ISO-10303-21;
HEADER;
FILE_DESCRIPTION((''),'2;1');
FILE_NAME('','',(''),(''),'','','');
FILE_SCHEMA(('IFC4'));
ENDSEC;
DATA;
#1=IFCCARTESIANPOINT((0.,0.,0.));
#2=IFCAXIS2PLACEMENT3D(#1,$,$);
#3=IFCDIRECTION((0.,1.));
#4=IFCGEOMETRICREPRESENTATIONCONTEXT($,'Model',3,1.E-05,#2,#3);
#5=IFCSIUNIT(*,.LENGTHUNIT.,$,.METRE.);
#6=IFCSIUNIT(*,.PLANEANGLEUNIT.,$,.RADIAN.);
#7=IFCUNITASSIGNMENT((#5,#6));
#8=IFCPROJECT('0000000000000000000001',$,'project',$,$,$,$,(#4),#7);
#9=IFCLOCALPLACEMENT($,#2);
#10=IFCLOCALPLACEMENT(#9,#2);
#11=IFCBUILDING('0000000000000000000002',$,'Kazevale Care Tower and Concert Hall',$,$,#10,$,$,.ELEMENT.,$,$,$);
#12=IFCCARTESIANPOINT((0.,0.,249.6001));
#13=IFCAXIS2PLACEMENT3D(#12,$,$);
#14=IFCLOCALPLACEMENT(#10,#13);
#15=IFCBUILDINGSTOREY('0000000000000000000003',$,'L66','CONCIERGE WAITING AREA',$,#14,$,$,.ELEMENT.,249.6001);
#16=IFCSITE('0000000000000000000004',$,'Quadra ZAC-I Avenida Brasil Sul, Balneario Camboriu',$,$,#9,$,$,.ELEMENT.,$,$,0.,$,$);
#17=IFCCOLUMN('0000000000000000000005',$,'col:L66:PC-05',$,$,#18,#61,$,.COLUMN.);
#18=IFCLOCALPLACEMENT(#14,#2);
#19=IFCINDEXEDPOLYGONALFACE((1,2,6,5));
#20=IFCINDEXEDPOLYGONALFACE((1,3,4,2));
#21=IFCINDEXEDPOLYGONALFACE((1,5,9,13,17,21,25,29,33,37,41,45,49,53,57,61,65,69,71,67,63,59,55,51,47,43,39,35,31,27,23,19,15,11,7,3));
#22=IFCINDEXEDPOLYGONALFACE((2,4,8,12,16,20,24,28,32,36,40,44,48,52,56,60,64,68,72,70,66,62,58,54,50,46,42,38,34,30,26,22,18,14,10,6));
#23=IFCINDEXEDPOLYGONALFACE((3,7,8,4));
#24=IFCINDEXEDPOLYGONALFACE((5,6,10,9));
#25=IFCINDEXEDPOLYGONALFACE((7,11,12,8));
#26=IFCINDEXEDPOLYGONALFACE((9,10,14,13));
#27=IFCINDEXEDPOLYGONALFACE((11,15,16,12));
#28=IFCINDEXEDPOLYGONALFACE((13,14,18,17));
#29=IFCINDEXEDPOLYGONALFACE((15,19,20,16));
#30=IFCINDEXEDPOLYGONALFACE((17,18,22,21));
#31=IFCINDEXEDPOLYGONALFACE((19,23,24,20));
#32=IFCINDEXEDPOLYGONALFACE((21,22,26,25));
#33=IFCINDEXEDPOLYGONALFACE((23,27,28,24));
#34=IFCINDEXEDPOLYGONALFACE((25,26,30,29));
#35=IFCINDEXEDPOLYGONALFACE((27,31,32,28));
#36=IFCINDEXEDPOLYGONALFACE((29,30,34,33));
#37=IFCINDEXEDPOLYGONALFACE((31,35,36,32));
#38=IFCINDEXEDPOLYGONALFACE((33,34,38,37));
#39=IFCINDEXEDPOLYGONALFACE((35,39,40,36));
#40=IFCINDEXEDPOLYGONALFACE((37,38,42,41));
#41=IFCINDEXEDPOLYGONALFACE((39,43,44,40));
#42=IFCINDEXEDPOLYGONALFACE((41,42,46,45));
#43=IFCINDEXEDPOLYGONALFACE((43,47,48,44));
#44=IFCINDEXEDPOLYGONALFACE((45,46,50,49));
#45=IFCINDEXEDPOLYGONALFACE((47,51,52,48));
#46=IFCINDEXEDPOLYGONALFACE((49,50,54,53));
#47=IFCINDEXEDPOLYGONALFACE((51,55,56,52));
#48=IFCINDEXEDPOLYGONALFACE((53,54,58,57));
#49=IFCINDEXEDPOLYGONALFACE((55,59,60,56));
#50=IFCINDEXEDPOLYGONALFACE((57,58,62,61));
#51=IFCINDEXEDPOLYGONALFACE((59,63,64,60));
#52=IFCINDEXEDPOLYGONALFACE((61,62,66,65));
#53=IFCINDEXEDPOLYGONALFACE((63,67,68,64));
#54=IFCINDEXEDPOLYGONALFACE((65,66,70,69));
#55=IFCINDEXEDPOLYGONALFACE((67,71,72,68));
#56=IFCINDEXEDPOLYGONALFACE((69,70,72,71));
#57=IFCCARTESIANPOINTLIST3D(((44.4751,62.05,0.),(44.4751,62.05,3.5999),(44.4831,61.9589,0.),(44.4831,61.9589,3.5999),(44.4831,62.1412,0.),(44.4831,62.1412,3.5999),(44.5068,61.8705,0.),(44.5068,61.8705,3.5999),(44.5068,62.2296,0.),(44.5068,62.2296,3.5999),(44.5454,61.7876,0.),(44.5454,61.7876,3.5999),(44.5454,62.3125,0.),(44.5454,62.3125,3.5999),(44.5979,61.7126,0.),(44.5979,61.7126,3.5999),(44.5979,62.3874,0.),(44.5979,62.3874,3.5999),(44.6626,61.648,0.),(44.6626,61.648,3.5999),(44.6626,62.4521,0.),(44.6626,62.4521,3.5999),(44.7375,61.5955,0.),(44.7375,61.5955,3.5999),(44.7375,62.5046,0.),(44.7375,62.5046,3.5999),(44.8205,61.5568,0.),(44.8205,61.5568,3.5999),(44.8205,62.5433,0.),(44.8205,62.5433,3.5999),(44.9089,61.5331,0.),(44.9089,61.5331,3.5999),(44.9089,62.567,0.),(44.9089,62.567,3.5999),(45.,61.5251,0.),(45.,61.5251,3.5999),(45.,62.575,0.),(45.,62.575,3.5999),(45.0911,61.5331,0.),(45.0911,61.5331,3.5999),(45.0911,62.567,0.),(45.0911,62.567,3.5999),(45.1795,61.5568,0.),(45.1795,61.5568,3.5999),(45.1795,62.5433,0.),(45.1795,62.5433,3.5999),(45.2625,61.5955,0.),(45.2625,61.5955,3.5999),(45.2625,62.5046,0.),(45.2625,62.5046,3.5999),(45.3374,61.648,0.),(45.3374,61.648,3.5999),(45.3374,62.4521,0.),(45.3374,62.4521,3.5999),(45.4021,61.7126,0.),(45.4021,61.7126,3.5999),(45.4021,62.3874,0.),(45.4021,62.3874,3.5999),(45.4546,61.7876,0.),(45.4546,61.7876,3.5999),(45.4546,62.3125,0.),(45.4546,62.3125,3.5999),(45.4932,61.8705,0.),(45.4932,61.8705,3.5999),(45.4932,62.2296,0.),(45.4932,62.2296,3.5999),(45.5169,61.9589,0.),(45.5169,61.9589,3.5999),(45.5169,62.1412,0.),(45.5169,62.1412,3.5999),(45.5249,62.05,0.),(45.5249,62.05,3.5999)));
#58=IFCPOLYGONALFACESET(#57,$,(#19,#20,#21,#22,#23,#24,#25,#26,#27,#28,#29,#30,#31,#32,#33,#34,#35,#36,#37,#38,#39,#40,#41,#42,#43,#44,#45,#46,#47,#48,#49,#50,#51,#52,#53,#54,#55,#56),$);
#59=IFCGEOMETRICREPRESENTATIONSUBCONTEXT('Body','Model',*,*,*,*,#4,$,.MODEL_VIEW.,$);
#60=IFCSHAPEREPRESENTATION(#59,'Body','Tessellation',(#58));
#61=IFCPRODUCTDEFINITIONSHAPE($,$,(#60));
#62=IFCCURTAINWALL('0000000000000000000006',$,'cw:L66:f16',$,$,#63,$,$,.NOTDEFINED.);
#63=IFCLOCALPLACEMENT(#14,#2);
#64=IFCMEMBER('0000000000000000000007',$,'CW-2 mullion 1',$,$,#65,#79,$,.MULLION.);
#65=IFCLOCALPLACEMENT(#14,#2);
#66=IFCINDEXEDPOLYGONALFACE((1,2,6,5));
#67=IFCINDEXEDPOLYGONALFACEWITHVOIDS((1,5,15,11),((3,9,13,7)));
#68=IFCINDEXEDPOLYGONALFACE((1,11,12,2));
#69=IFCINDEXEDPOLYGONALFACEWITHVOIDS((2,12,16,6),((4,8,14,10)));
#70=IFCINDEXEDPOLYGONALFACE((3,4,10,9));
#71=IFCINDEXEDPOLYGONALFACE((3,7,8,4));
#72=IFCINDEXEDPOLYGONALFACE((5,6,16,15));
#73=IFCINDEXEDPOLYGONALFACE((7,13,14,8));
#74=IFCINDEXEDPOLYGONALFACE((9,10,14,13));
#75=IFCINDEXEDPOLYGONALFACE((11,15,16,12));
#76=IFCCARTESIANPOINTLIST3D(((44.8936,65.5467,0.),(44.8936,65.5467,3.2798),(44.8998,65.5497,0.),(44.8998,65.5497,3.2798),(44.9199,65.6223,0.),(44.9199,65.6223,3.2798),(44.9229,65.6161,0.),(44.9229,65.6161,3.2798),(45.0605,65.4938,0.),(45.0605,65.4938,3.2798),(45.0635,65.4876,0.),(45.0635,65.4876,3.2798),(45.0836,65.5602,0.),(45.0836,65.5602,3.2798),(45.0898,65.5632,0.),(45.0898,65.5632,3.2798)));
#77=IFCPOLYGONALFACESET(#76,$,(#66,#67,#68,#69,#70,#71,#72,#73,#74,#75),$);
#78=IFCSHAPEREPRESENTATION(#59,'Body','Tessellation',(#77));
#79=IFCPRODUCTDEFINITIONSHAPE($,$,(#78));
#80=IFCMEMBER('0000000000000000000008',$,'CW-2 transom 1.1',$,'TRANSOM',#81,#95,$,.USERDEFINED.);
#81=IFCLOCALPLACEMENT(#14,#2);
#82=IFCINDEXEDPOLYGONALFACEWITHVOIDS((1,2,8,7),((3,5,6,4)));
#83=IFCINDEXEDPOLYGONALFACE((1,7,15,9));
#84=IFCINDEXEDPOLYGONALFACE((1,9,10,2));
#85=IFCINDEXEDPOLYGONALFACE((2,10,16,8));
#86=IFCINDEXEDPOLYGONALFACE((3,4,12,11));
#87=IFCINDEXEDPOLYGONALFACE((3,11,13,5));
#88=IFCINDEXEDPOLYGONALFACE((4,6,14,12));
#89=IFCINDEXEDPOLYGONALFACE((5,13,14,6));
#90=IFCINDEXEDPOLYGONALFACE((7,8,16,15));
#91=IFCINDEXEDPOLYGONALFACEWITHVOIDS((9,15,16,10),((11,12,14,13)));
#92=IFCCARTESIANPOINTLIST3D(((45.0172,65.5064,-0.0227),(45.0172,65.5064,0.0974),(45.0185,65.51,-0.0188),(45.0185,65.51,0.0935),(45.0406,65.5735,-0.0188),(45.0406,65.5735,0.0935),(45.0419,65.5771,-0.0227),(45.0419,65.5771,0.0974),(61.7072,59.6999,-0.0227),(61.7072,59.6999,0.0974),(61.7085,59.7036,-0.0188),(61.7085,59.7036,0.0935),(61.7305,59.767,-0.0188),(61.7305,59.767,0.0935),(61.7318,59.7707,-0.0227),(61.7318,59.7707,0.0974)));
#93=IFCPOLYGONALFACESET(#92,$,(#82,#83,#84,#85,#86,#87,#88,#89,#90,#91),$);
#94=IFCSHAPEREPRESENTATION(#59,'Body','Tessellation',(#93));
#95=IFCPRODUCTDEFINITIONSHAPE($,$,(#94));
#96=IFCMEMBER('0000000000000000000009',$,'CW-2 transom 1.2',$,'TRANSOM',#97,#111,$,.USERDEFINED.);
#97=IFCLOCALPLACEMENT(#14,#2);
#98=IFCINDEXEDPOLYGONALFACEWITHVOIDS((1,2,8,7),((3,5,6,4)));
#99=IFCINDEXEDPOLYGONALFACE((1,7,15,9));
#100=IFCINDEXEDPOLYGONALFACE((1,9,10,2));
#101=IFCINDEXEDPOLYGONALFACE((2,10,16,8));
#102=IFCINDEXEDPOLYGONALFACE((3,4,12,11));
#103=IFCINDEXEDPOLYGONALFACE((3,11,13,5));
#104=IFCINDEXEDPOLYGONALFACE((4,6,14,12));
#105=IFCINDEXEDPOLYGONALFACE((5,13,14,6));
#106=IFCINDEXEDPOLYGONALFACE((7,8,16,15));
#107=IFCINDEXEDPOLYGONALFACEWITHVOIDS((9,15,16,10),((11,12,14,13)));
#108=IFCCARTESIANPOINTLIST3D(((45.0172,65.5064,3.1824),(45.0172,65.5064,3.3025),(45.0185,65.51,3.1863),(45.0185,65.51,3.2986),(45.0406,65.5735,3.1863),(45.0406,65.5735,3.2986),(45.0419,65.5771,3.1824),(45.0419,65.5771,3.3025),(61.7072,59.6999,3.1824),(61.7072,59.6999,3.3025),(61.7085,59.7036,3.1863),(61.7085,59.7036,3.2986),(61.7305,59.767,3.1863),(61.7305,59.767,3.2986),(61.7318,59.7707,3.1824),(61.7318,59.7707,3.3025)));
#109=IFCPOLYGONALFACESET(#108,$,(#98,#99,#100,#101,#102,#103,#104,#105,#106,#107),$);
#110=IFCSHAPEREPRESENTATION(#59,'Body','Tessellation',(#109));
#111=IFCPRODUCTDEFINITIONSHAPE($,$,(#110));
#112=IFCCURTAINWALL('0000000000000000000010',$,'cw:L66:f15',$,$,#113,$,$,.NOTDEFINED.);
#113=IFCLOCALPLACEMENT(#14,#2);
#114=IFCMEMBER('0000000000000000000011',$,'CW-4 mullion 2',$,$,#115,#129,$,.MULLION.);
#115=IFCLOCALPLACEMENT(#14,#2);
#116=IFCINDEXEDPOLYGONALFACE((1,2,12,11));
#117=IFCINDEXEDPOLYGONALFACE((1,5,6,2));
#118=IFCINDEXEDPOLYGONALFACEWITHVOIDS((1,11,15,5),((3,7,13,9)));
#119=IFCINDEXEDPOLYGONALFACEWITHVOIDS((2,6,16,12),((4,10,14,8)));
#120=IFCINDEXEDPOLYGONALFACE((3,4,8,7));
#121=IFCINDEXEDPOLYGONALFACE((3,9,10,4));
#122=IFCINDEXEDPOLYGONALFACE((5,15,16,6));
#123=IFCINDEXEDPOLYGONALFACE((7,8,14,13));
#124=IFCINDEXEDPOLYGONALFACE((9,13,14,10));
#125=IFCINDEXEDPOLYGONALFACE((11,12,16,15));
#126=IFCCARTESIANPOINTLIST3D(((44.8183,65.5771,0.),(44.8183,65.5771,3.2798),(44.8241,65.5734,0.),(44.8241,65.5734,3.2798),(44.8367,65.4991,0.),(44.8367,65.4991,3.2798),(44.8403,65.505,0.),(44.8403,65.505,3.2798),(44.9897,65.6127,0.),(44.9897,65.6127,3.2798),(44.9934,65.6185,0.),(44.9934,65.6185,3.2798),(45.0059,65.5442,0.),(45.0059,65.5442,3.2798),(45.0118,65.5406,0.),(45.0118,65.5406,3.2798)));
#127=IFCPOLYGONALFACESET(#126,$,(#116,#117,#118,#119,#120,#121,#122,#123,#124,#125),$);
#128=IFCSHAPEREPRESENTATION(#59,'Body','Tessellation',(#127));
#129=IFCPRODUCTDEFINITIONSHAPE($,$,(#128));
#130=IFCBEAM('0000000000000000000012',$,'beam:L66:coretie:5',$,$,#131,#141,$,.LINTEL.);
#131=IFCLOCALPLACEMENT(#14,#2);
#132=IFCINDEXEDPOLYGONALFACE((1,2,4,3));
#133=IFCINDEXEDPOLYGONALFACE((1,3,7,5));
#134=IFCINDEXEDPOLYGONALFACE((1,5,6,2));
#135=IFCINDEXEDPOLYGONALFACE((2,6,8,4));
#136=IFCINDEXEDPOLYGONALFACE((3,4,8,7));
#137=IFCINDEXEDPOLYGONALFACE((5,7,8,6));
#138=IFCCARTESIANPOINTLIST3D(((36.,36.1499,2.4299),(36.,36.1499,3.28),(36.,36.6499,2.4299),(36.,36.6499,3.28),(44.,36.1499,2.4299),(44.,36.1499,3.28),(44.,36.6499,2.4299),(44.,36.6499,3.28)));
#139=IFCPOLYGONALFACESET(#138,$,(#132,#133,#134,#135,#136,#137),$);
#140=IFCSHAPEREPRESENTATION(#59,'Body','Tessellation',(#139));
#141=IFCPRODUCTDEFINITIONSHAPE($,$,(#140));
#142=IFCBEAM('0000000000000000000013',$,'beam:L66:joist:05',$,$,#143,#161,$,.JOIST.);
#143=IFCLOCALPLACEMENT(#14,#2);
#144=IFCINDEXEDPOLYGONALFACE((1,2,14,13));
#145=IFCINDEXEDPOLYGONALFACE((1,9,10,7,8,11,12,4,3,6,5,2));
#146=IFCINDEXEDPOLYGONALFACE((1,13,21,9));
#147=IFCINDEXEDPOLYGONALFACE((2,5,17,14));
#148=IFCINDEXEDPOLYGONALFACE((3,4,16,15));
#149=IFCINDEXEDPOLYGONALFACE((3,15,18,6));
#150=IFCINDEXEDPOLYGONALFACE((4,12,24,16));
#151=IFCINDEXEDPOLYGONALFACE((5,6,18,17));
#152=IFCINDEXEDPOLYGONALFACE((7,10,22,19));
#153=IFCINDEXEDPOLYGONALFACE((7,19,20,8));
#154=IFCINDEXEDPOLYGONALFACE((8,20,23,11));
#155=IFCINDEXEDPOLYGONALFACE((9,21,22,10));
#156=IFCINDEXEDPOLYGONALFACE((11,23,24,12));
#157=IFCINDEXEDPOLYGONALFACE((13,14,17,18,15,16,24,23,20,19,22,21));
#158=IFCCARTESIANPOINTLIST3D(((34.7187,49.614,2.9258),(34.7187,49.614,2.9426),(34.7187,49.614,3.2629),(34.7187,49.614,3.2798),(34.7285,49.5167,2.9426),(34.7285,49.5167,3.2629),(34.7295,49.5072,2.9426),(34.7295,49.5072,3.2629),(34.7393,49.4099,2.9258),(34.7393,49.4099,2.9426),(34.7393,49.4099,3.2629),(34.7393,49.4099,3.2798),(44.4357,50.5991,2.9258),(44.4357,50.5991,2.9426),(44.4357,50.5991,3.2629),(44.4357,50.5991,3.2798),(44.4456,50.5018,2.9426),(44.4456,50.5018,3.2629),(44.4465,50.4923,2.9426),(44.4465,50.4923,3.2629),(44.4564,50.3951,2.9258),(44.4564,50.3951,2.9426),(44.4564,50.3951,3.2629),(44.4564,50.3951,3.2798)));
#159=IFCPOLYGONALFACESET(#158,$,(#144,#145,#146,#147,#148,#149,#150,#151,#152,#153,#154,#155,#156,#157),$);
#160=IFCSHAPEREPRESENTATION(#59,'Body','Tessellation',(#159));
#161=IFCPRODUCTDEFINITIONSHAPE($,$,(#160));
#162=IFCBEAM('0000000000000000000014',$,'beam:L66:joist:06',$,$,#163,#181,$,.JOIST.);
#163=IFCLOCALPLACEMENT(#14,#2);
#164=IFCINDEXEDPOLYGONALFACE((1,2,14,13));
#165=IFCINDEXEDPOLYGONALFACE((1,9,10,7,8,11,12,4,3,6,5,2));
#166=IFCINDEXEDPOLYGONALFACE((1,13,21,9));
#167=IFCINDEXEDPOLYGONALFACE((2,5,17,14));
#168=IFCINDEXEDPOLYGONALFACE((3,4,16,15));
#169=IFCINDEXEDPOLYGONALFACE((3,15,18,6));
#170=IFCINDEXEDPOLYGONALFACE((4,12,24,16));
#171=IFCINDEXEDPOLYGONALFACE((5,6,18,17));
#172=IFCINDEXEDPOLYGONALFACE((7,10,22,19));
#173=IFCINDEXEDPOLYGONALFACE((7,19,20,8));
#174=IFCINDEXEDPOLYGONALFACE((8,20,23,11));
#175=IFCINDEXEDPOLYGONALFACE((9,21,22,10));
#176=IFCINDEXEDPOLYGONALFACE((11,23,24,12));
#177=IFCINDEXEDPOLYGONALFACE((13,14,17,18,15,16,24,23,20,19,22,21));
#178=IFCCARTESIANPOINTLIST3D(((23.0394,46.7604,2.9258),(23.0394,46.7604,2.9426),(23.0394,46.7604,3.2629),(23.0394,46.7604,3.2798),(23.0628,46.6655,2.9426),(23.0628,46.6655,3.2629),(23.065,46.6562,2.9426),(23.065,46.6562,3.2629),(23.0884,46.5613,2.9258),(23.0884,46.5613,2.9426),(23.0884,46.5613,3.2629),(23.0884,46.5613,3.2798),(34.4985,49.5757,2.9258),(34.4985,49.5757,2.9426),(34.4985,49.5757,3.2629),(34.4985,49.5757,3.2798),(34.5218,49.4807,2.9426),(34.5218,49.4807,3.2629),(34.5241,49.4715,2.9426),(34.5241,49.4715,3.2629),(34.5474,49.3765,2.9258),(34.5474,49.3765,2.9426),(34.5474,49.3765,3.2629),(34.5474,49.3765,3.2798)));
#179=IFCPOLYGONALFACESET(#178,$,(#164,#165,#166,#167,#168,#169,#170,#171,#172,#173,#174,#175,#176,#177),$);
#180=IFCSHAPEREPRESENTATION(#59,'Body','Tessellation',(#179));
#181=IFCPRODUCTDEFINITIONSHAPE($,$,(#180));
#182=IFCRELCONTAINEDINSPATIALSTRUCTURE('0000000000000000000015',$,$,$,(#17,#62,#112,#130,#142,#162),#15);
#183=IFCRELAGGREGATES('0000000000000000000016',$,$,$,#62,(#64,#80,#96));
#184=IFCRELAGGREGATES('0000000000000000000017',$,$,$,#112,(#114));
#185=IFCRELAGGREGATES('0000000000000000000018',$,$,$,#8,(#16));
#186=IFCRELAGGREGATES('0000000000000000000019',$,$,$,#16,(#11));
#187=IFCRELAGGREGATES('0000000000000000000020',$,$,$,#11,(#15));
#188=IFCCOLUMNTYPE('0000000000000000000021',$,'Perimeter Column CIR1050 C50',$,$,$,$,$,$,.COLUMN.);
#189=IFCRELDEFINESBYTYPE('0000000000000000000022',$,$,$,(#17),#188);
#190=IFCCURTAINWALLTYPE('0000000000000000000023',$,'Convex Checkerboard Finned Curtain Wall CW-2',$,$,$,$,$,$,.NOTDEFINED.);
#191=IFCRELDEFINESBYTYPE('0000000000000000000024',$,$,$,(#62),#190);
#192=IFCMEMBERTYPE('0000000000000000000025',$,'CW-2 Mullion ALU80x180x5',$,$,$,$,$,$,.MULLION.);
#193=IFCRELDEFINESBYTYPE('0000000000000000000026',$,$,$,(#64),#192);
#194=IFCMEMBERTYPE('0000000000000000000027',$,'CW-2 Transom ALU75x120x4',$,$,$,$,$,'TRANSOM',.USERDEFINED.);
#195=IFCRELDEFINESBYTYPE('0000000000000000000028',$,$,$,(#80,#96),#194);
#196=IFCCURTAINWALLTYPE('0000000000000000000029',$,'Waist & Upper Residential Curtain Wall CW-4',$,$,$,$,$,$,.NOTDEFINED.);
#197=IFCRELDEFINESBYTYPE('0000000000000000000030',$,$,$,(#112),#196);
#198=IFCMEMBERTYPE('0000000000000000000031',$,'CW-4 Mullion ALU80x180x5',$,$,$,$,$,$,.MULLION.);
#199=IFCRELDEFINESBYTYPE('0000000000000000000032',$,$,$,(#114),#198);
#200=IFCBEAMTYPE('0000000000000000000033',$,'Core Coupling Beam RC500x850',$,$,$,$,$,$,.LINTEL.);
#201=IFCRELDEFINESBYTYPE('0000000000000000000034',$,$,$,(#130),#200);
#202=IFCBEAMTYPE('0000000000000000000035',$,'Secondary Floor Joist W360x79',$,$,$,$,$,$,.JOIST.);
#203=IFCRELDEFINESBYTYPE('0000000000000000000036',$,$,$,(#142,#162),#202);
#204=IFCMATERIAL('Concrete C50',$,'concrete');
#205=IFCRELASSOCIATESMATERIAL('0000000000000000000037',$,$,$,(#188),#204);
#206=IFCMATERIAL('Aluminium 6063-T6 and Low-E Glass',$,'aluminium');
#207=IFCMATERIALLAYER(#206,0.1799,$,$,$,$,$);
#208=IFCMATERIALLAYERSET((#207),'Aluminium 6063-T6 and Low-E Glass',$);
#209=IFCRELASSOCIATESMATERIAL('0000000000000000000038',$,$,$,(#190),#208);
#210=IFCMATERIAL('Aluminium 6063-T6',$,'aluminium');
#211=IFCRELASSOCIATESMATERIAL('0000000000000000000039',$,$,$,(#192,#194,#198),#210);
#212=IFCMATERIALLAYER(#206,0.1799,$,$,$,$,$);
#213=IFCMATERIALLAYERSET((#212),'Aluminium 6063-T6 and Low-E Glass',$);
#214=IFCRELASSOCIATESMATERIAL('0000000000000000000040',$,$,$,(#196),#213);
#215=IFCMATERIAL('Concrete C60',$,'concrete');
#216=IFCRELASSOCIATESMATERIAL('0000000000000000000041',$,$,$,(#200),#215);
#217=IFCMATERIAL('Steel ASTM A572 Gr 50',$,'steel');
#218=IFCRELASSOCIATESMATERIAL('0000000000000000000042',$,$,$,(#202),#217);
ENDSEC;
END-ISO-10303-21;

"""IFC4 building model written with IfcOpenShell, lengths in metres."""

from ifc_helpers import new_model, si_unit, direction, frame, origin, origin_2d, place, context, subcontext, project, spatial, rectangle, hollow_rectangle, circle, i_section, extrude, material, layer, layer_set, material_profile, profile_set, type_object, element, aggregate, save


model = new_model("IFC4")

# Units and contexts
model_context = context("Model", 3, precision=1e-05, world=origin(), true_north=direction((0.0, 1.0)))
body_context = subcontext(model_context, "Body", "Model", "MODEL_VIEW")
ifc_project = project(units=[si_unit("LENGTHUNIT", "METRE"), si_unit("PLANEANGLEUNIT", "RADIAN")], contexts=[model_context])

# Site, building, storey
site_placement = place(None, origin())
site = spatial("IfcSite", under=ifc_project, at=site_placement, Name="Quadra ZAC-I Avenida Brasil Sul, Balneario Camboriu", CompositionType="ELEMENT", RefElevation=0.0)
building_placement = place(site_placement, origin())
building = spatial("IfcBuilding", under=site, at=building_placement, Name="Kazevale Care Tower and Concert Hall", CompositionType="ELEMENT")
storey_placement = place(building_placement, frame((0.0, 0.0, 249.6001)))
storey = spatial("IfcBuildingStorey", under=building, at=storey_placement, Name="L66", Description="CONCIERGE WAITING AREA", CompositionType="ELEMENT", Elevation=249.6001)

# Column
ifc_material_1 = material(Name="Concrete C50", Category="concrete")
ifc_material_profile_1 = material_profile(ifc_material_1, circle(Radius=0.5249, at=origin_2d()), Name="RC-CIR1050")
ifc_profile_set_1 = profile_set([ifc_material_profile_1], Name="Concrete C50")
column_type = type_object("IfcColumnType", Name="Perimeter Column CIR1050 C50", PredefinedType="COLUMN", material=ifc_profile_set_1)
column_placement = place(storey_placement, frame((45.0, 62.05, 0.0), z_axis=(0.0, 0.0, 1.0), x_axis=(1.0, 0.0, 0.0)))
element("IfcColumn", 1, at=column_placement, inside=storey, type_object=column_type, Name="col:L66:PC-05", PredefinedType="COLUMN", context=body_context, shape_type="SweptSolid", body=[
    extrude(circle(Radius=0.5249, at=origin_2d()), origin(), (0.0, 0.0, 1.0), 3.5999),
])

# Curtain wall, members
ifc_material_2 = material(Name="Aluminium 6063-T6 and Low-E Glass", Category="aluminium")
ifc_layer_1 = layer(ifc_material_2, 0.1799)
ifc_layer_set_1 = layer_set([ifc_layer_1], Name="Aluminium 6063-T6 and Low-E Glass")
curtain_wall_type_1 = type_object("IfcCurtainWallType", Name="Convex Checkerboard Finned Curtain Wall CW-2", PredefinedType="NOTDEFINED", material=ifc_layer_set_1)
curtain_wall_1_placement = place(storey_placement, origin())
curtain_wall_1 = element("IfcCurtainWall", 2, at=curtain_wall_1_placement, inside=storey, type_object=curtain_wall_type_1, Name="cw:L66:f16", PredefinedType="NOTDEFINED")
ifc_material_3 = material(Name="Aluminium 6063-T6", Category="aluminium")
ifc_material_profile_2 = material_profile(ifc_material_3, hollow_rectangle(XDim=0.0801, YDim=0.1799, WallThickness=0.0049, at=origin_2d()), Name="ALU80x180x5")
ifc_profile_set_2 = profile_set([ifc_material_profile_2], Name="Aluminium 6063-T6")
member_type_1 = type_object("IfcMemberType", Name="CW-2 Mullion ALU80x180x5", PredefinedType="MULLION", material=ifc_profile_set_2)
member_1_placement = place(storey_placement, frame((44.9917, 65.5549, 0.0), z_axis=(0.0, 0.0, 1.0), x_axis=(0.328584, 0.944475, 0.0)))
member_1 = element("IfcMember", 3, at=member_1_placement, type_object=member_type_1, Name="CW-2 mullion 1", PredefinedType="MULLION", context=body_context, shape_type="SweptSolid", body=[
    extrude(hollow_rectangle(XDim=0.0801, YDim=0.1799, WallThickness=0.0049, at=origin_2d()), origin(), (0.0, 0.0, 1.0), 3.2798),
])
ifc_material_profile_3 = material_profile(ifc_material_3, hollow_rectangle(XDim=0.075, YDim=0.1201, WallThickness=0.0039, at=origin_2d()), Name="ALU75x120x4")
ifc_profile_set_3 = profile_set([ifc_material_profile_3], Name="Aluminium 6063-T6")
member_type_2 = type_object("IfcMemberType", Name="CW-2 Transom ALU75x120x4", ElementType="TRANSOM", PredefinedType="USERDEFINED", material=ifc_profile_set_3)
member_2_placement = place(storey_placement, frame((45.0295, 65.5417, 0.0374), z_axis=(0.944476, -0.328581, 0.0), x_axis=(0.328581, 0.944476, 0.0)))
member_2 = element("IfcMember", 4, at=member_2_placement, type_object=member_type_2, Name="CW-2 transom 1.1", ObjectType="TRANSOM", PredefinedType="USERDEFINED", context=body_context, shape_type="SweptSolid", body=[
    extrude(hollow_rectangle(XDim=0.075, YDim=0.1201, WallThickness=0.0039, at=origin_2d()), origin(), (0.0, 0.0, 1.0), 17.6711),
])
member_3_placement = place(storey_placement, frame((45.0295, 65.5417, 3.2424), z_axis=(0.944476, -0.328581, 0.0), x_axis=(0.328581, 0.944476, 0.0)))
member_3 = element("IfcMember", 5, at=member_3_placement, type_object=member_type_2, Name="CW-2 transom 1.2", ObjectType="TRANSOM", PredefinedType="USERDEFINED", context=body_context, shape_type="SweptSolid", body=[
    extrude(hollow_rectangle(XDim=0.075, YDim=0.1201, WallThickness=0.0039, at=origin_2d()), origin(), (0.0, 0.0, 1.0), 17.6711),
])
aggregate(curtain_wall_1, [member_1, member_2, member_3])

# Curtain wall, member
ifc_layer_2 = layer(ifc_material_2, 0.1799)
ifc_layer_set_2 = layer_set([ifc_layer_2], Name="Aluminium 6063-T6 and Low-E Glass")
curtain_wall_type_2 = type_object("IfcCurtainWallType", Name="Waist & Upper Residential Curtain Wall CW-4", PredefinedType="NOTDEFINED", material=ifc_layer_set_2)
curtain_wall_2_placement = place(storey_placement, origin())
curtain_wall_2 = element("IfcCurtainWall", 6, at=curtain_wall_2_placement, inside=storey, type_object=curtain_wall_type_2, Name="cw:L66:f15", PredefinedType="NOTDEFINED")
ifc_material_profile_4 = material_profile(ifc_material_3, hollow_rectangle(XDim=0.0801, YDim=0.1799, WallThickness=0.0049, at=origin_2d()), Name="ALU80x180x5")
ifc_profile_set_4 = profile_set([ifc_material_profile_4], Name="Aluminium 6063-T6")
member_type_3 = type_object("IfcMemberType", Name="CW-4 Mullion ALU80x180x5", PredefinedType="MULLION", material=ifc_profile_set_4)
member_4_placement = place(storey_placement, frame((44.915, 65.5588, 0.0), z_axis=(0.0, 0.0, 1.0), x_axis=(-0.230439, 0.973087, 0.0)))
member_4 = element("IfcMember", 7, at=member_4_placement, type_object=member_type_3, Name="CW-4 mullion 2", PredefinedType="MULLION", context=body_context, shape_type="SweptSolid", body=[
    extrude(hollow_rectangle(XDim=0.0801, YDim=0.1799, WallThickness=0.0049, at=origin_2d()), origin(), (0.0, 0.0, 1.0), 3.2798),
])

# Beams
ifc_material_4 = material(Name="Concrete C60", Category="concrete")
ifc_material_profile_5 = material_profile(ifc_material_4, rectangle(XDim=0.5, YDim=0.8501, at=origin_2d()), Name="RC-B500x850")
ifc_profile_set_5 = profile_set([ifc_material_profile_5], Name="Concrete C60")
beam_type_1 = type_object("IfcBeamType", Name="Core Coupling Beam RC500x850", PredefinedType="LINTEL", material=ifc_profile_set_5)
beam_1_placement = place(storey_placement, frame((44.0, 36.3999, 2.855), z_axis=(-1.0, 0.0, 0.0), x_axis=(0.0, -1.0, 0.0)))
element("IfcBeam", 8, at=beam_1_placement, inside=storey, type_object=beam_type_1, Name="beam:L66:coretie:5", PredefinedType="LINTEL", context=body_context, shape_type="SweptSolid", body=[
    extrude(rectangle(XDim=0.5, YDim=0.8501, at=origin_2d()), origin(), (0.0, 0.0, 1.0), 8.0),
])
ifc_material_5 = material(Name="Steel ASTM A572 Gr 50", Category="steel")
ifc_material_profile_6 = material_profile(ifc_material_5, i_section(OverallWidth=0.2051, OverallDepth=0.354, WebThickness=0.0095, FlangeThickness=0.0168, at=origin_2d()), Name="W360x79")
ifc_profile_set_6 = profile_set([ifc_material_profile_6], Name="Steel ASTM A572 Gr 50")
beam_type_2 = type_object("IfcBeamType", Name="Secondary Floor Joist W360x79", PredefinedType="JOIST", material=ifc_profile_set_6)
beam_2_placement = place(storey_placement, frame((44.446, 50.4971, 3.1028), z_axis=(-0.9949, -0.100862, 0.0), x_axis=(0.100862, -0.9949, 0.0)))
element("IfcBeam", 9, at=beam_2_placement, inside=storey, type_object=beam_type_2, Name="beam:L66:joist:05", PredefinedType="JOIST", context=body_context, shape_type="SweptSolid", body=[
    extrude(i_section(OverallWidth=0.2051, OverallDepth=0.354, WebThickness=0.0095, FlangeThickness=0.0168, at=origin_2d()), origin(), (0.0, 0.0, 1.0), 9.7668),
])
beam_3_placement = place(storey_placement, frame((34.5229, 49.4761, 3.1028), z_axis=(-0.971123, -0.238581, 0.0), x_axis=(0.238581, -0.971123, 0.0)))
element("IfcBeam", 10, at=beam_3_placement, inside=storey, type_object=beam_type_2, Name="beam:L66:joist:06", PredefinedType="JOIST", context=body_context, shape_type="SweptSolid", body=[
    extrude(i_section(OverallWidth=0.2051, OverallDepth=0.354, WebThickness=0.0095, FlangeThickness=0.0168, at=origin_2d()), origin(), (0.0, 0.0, 1.0), 11.7998),
])

aggregate(curtain_wall_2, [member_4])

save(model, "model.ifc")
